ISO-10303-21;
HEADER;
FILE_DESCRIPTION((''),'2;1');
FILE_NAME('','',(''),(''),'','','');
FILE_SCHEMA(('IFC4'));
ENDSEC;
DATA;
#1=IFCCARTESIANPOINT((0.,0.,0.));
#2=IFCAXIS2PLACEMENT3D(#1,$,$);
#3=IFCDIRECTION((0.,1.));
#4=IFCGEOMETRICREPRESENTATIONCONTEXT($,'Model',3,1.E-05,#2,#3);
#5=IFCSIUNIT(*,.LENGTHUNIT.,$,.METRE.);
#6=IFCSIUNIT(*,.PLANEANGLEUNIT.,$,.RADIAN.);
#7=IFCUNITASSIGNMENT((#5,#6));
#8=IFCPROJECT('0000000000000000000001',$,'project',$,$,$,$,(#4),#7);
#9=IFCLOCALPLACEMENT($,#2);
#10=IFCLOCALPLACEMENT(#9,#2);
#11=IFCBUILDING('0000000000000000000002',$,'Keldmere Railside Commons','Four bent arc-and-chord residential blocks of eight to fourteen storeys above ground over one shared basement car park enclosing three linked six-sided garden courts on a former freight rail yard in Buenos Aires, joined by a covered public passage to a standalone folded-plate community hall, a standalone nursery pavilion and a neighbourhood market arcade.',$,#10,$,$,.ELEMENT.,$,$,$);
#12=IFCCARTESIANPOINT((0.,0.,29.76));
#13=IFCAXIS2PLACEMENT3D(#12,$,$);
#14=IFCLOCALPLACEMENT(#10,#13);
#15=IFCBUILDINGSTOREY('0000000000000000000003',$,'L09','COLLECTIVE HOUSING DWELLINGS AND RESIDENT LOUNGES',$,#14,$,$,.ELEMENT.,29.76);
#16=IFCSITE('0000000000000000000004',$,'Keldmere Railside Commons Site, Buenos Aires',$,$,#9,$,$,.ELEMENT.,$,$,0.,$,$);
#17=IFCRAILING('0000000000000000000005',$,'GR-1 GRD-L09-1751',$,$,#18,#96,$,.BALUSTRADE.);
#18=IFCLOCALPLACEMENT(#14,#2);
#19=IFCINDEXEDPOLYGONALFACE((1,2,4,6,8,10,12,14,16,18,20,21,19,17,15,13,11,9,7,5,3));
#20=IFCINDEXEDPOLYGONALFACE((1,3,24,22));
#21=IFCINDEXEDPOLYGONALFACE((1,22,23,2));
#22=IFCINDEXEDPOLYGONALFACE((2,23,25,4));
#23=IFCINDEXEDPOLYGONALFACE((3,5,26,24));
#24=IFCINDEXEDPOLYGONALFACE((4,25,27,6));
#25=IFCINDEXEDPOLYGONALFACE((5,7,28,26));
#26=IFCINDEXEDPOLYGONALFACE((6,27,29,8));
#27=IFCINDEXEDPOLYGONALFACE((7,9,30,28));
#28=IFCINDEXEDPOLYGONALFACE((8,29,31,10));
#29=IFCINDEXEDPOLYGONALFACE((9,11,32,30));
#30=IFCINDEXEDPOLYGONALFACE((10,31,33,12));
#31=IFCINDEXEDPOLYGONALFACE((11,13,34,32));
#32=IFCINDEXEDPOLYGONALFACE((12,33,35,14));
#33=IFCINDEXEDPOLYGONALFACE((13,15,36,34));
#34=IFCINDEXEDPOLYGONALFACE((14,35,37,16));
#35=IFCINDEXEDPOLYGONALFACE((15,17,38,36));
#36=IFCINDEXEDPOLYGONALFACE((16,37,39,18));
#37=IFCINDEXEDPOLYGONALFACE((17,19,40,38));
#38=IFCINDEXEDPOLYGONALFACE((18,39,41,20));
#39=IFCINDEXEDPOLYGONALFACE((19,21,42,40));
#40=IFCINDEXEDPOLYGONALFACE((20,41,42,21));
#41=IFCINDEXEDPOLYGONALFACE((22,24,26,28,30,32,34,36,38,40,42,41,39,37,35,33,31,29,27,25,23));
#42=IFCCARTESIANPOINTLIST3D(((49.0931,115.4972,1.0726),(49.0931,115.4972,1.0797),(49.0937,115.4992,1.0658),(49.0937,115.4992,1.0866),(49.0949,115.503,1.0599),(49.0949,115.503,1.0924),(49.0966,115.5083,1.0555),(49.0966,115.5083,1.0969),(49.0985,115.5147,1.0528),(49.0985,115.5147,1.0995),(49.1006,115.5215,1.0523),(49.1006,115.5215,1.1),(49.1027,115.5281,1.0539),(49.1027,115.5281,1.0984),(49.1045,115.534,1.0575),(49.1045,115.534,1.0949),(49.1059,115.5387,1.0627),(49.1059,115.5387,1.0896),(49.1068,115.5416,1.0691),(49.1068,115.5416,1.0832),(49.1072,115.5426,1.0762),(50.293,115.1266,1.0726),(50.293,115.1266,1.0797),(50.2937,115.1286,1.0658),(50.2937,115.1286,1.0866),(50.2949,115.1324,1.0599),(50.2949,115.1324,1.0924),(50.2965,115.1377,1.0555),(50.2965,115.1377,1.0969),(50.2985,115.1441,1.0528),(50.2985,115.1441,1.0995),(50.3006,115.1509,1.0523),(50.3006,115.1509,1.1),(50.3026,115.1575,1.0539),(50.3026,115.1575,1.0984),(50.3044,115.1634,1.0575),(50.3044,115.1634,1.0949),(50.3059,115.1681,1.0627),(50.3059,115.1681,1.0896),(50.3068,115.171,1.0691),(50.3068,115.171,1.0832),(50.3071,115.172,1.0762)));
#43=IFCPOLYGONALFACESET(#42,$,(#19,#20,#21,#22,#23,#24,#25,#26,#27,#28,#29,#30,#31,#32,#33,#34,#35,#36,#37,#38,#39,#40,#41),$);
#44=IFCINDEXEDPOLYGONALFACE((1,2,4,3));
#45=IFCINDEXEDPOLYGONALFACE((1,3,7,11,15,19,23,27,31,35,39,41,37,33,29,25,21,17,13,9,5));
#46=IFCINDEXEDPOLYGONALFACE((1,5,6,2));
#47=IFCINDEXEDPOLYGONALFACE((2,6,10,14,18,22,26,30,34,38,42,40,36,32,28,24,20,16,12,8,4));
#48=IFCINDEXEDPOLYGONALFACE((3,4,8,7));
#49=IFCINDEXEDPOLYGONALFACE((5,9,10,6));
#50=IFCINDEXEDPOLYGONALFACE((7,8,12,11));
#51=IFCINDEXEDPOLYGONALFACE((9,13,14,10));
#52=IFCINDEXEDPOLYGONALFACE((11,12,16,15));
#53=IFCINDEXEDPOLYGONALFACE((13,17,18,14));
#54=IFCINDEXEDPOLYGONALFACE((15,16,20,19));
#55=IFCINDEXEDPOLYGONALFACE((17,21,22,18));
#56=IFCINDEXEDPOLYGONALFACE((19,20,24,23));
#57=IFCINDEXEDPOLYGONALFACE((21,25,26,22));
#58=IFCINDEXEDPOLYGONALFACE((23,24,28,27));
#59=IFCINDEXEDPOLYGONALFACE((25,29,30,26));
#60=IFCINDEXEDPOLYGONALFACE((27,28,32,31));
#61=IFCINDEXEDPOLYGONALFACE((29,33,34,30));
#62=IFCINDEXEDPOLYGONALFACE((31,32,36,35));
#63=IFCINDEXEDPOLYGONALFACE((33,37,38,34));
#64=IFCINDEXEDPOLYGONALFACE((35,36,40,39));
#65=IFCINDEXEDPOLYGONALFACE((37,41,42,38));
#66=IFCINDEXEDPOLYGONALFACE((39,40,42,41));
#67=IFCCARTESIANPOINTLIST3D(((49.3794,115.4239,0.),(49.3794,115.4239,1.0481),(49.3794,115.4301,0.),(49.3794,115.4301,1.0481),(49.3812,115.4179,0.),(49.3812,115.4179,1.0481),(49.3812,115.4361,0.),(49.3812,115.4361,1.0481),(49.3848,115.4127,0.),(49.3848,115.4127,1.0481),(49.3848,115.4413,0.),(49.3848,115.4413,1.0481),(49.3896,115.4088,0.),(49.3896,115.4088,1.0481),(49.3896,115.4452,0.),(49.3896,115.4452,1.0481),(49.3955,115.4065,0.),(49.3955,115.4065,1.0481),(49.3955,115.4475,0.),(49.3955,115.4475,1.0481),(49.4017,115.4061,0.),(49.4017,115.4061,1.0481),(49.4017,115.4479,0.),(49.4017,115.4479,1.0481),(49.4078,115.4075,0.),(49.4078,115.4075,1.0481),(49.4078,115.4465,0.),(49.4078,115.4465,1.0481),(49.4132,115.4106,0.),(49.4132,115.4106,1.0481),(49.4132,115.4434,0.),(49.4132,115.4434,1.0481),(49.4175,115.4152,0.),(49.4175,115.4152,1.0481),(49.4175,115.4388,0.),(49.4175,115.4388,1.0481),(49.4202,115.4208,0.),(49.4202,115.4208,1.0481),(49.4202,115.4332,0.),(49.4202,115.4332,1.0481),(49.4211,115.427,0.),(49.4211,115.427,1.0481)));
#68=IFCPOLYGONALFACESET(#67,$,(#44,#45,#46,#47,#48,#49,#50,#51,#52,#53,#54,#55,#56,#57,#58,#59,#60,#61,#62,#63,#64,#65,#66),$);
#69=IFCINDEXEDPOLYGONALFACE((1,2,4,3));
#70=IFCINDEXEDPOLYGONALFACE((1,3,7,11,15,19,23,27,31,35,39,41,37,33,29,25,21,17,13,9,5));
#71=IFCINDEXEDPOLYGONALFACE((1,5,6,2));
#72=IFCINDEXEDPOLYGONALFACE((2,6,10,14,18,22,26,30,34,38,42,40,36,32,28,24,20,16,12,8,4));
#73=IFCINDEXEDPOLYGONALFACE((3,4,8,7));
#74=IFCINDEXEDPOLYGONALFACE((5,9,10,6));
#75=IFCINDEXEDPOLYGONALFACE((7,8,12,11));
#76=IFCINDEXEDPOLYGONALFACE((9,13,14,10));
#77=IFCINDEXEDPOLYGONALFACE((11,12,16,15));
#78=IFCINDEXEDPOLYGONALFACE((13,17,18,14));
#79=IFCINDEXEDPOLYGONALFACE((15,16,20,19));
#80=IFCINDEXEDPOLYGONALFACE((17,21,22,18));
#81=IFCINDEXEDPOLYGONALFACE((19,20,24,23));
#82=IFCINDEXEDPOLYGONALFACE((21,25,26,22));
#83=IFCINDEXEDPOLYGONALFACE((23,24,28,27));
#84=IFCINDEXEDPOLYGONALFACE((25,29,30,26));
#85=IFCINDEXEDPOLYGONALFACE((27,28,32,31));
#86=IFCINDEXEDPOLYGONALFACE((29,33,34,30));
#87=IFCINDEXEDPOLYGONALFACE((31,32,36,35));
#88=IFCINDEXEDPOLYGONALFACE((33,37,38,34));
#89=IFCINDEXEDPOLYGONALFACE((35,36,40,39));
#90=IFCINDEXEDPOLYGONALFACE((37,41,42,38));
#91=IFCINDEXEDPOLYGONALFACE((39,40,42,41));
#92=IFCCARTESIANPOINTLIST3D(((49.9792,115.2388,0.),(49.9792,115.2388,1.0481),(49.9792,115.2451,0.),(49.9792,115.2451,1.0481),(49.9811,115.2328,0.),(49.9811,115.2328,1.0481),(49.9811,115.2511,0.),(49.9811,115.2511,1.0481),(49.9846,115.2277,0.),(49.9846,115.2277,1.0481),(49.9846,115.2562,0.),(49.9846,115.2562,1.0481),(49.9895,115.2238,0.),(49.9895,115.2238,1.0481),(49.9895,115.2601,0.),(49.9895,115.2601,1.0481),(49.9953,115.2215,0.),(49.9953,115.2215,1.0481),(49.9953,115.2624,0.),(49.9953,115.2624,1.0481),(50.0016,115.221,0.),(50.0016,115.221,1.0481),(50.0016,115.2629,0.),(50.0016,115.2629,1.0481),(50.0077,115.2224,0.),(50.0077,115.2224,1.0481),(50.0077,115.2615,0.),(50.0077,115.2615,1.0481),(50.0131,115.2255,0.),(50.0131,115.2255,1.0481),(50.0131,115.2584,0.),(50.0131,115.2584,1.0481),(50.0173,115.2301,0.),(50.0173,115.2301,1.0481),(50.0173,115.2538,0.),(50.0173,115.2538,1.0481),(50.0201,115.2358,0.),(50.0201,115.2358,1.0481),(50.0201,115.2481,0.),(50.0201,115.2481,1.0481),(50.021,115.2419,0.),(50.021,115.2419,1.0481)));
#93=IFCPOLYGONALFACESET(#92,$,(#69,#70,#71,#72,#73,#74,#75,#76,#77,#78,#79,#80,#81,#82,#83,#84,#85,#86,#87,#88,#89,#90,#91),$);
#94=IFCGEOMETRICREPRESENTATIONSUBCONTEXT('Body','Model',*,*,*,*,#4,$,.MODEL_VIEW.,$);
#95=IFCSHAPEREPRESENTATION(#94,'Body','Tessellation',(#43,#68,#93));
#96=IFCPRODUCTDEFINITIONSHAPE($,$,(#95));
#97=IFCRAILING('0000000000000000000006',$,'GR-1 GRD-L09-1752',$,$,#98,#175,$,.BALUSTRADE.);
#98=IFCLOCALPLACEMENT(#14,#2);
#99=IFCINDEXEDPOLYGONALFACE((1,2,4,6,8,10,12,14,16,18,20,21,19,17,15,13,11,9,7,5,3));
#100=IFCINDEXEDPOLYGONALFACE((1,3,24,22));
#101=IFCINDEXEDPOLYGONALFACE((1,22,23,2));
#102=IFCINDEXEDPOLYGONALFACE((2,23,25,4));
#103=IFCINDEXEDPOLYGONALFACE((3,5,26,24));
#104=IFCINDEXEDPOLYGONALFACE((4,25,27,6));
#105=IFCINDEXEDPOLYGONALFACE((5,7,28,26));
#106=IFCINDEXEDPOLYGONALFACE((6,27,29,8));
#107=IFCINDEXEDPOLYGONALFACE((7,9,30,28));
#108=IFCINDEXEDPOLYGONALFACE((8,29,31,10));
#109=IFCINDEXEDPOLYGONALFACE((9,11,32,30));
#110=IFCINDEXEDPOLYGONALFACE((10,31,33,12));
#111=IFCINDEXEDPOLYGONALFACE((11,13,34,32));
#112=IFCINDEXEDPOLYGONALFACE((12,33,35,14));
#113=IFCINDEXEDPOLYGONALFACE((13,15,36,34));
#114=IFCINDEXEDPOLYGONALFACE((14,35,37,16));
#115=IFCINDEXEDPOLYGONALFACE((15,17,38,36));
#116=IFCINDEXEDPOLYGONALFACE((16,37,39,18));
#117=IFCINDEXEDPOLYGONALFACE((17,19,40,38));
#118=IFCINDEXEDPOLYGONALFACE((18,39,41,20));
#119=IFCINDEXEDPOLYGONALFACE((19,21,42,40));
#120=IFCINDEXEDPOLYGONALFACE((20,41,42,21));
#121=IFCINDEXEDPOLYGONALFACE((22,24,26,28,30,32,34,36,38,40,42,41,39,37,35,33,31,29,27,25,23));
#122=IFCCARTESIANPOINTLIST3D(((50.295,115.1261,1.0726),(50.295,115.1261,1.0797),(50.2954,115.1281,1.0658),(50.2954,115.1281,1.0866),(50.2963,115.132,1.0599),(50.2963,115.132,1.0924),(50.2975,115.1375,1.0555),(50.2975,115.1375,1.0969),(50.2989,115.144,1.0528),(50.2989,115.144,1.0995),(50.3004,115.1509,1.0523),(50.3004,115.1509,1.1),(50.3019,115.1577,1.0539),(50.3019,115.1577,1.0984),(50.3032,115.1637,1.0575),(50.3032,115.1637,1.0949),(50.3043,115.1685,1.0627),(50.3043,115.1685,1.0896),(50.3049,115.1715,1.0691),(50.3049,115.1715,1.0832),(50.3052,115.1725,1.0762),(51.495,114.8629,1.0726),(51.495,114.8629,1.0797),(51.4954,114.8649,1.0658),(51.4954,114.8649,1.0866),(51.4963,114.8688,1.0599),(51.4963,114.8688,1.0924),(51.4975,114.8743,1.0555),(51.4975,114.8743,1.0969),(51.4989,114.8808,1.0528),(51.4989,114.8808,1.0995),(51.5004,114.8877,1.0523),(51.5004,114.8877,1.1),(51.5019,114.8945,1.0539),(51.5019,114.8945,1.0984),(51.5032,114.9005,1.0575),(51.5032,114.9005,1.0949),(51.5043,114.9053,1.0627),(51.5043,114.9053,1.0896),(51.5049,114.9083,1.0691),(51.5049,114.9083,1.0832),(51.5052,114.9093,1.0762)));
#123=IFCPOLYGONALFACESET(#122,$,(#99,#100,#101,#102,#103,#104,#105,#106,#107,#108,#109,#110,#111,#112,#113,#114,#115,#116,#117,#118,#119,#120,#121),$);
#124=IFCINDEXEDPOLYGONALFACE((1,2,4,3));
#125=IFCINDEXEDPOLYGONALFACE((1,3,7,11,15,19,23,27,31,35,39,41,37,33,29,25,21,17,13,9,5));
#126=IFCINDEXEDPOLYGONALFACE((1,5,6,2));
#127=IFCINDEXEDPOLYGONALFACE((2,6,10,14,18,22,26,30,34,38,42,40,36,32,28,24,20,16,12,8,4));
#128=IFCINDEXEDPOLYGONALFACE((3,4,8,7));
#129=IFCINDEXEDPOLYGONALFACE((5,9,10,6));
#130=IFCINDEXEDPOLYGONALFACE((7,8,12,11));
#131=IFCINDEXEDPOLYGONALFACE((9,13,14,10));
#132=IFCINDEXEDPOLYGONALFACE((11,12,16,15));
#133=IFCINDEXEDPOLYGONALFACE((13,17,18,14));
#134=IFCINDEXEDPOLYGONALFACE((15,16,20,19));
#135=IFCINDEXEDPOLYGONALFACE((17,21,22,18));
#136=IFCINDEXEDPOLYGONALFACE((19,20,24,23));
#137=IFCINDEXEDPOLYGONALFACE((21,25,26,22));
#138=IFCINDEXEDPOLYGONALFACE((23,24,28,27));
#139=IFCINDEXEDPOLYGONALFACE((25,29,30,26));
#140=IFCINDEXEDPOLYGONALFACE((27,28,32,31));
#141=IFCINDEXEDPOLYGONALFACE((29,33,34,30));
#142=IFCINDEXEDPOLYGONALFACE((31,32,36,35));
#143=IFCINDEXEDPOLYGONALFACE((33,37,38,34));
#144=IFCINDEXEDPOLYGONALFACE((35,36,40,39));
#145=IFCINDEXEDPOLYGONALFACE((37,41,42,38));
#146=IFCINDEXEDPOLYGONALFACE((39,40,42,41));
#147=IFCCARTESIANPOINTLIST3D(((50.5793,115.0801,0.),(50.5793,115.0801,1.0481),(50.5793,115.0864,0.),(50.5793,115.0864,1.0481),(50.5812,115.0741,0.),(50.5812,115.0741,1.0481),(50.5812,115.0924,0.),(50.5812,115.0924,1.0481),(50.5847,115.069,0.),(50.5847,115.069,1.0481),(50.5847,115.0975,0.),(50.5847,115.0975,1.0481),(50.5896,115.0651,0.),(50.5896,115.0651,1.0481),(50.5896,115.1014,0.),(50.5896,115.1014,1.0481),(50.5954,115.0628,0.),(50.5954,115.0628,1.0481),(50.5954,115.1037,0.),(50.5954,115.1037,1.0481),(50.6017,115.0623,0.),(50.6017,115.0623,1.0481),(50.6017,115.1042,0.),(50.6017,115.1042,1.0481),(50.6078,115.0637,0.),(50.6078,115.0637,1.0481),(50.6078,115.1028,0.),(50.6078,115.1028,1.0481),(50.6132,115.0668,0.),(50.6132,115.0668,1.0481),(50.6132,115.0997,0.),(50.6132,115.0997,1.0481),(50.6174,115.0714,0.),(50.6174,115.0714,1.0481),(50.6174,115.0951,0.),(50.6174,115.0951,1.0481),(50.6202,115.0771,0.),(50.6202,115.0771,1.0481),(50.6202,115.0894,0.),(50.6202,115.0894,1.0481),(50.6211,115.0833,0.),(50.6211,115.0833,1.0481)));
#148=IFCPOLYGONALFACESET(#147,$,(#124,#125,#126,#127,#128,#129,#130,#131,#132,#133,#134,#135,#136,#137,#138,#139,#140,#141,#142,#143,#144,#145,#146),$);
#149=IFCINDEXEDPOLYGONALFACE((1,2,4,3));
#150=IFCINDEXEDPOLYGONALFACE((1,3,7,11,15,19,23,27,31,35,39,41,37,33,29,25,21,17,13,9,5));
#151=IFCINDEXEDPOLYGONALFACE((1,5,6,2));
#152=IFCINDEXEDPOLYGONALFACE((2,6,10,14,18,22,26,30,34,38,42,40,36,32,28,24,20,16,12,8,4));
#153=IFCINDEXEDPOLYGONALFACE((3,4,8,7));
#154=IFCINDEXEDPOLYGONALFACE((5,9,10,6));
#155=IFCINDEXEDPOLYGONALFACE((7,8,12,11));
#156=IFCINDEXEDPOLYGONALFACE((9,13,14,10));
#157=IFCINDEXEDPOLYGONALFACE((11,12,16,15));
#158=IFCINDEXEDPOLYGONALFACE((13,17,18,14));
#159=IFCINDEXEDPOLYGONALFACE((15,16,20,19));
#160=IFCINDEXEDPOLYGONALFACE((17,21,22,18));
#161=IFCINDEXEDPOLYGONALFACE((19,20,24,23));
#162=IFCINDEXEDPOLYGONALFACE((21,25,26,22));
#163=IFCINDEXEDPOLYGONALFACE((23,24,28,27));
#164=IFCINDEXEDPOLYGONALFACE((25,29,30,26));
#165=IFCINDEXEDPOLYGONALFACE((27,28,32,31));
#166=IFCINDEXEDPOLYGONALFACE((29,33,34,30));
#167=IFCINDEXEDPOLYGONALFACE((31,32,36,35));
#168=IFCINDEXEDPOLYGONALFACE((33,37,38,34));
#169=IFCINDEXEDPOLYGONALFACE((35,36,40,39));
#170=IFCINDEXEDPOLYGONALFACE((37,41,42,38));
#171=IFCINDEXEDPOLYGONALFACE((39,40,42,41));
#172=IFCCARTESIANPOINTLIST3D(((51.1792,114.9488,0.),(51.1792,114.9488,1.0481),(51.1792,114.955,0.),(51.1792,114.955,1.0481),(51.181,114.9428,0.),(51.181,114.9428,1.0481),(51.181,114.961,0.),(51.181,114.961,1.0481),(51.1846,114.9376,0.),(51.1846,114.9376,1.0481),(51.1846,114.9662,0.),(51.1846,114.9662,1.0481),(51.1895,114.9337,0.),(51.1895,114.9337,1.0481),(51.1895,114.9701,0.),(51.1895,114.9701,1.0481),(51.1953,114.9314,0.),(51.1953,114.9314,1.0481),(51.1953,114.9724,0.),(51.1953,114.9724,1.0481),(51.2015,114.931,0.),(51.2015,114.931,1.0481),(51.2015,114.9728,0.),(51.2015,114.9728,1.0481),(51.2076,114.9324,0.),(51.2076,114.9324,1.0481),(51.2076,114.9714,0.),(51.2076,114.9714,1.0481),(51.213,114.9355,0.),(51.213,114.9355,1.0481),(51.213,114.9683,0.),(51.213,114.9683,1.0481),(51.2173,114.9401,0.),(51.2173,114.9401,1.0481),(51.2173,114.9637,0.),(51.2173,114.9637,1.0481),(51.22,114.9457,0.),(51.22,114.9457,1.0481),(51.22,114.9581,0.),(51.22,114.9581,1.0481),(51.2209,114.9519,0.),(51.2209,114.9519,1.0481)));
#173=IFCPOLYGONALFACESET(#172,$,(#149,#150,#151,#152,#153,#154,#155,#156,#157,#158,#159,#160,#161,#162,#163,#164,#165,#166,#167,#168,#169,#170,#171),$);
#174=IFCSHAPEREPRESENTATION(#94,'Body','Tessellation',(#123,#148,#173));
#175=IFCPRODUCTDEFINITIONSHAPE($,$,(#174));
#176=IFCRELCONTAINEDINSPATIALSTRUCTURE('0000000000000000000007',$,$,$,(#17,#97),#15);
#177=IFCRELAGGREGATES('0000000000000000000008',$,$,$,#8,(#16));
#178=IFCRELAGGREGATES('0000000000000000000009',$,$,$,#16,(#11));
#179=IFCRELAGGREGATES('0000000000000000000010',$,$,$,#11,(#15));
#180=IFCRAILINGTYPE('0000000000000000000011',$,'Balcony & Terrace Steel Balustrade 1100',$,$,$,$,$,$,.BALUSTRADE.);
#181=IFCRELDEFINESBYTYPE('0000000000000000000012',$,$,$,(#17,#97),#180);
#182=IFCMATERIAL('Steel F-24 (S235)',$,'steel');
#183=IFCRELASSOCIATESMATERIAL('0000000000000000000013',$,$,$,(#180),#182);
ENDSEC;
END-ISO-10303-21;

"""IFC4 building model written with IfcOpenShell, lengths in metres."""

from ifc_helpers import new_model, si_unit, direction, frame, origin, origin_2d, place, context, subcontext, project, spatial, circle, extrude, material, type_object, element, save


model = new_model("IFC4")

# Units and contexts
model_context = context("Model", 3, precision=1e-05, world=origin(), true_north=direction((0.0, 1.0)))
body_context = subcontext(model_context, "Body", "Model", "MODEL_VIEW")
ifc_project = project(units=[si_unit("LENGTHUNIT", "METRE"), si_unit("PLANEANGLEUNIT", "RADIAN")], contexts=[model_context])

# Site, building, storey
site_placement = place(None, origin())
site = spatial("IfcSite", under=ifc_project, at=site_placement, Name="Keldmere Railside Commons Site, Buenos Aires", CompositionType="ELEMENT", RefElevation=0.0)
building_placement = place(site_placement, origin())
building = spatial("IfcBuilding", under=site, at=building_placement, Name="Keldmere Railside Commons", Description="Four bent arc-and-chord residential blocks of eight to fourteen storeys above ground over one shared basement car park enclosing three linked six-sided garden courts on a former freight rail yard in Buenos Aires, joined by a covered public passage to a standalone folded-plate community hall, a standalone nursery pavilion and a neighbourhood market arcade.", CompositionType="ELEMENT")
storey_placement = place(building_placement, frame((0.0, 0.0, 29.76)))
storey = spatial("IfcBuildingStorey", under=building, at=storey_placement, Name="L09", Description="COLLECTIVE HOUSING DWELLINGS AND RESIDENT LOUNGES", CompositionType="ELEMENT", Elevation=29.76)

# Shared definitions
ifc_material_1 = material(Name="Steel F-24 (S235)", Category="steel")

# Railings
railing_type = type_object("IfcRailingType", Name="Balcony & Terrace Steel Balustrade 1100", PredefinedType="BALUSTRADE", material=ifc_material_1)
railing_1_placement = place(storey_placement, frame((49.1001, 115.5198, 0.0)))
element("IfcRailing", 1, at=railing_1_placement, inside=storey, type_object=railing_type, Name="GR-1 GRD-L09-1751", PredefinedType="BALUSTRADE", context=body_context, shape_type="SweptSolid", body=[
    extrude(circle(Radius=0.0239, at=origin_2d()), frame((0.0, 0.0, 1.0762), z_axis=(0.955467, -0.295097, 0.0), x_axis=(0.295097, 0.955467, 0.0)), (0.0, 0.0, 1.0), 1.2559),
    extrude(circle(Radius=0.021, at=origin_2d()), frame((0.3, -0.0928, 0.0)), (0.0, 0.0, 1.0), 1.0481),
    extrude(circle(Radius=0.021, at=origin_2d()), frame((0.8999, -0.2778, 0.0)), (0.0, 0.0, 1.0), 1.0481),
])
railing_2_placement = place(storey_placement, frame((50.3, 115.1492, 0.0)))
element("IfcRailing", 2, at=railing_2_placement, inside=storey, type_object=railing_type, Name="GR-1 GRD-L09-1752", PredefinedType="BALUSTRADE", context=body_context, shape_type="SweptSolid", body=[
    extrude(circle(Radius=0.0239, at=origin_2d()), frame((0.0, 0.0, 1.0762), z_axis=(0.976782, -0.214236, 0.0), x_axis=(0.214236, 0.976782, 0.0)), (0.0, 0.0, 1.0), 1.2285),
    extrude(circle(Radius=0.021, at=origin_2d()), frame((0.3, -0.0659, 0.0)), (0.0, 0.0, 1.0), 1.0481),
    extrude(circle(Radius=0.021, at=origin_2d()), frame((0.8999, -0.1973, 0.0)), (0.0, 0.0, 1.0), 1.0481),
])

save(model, "model.ifc")
